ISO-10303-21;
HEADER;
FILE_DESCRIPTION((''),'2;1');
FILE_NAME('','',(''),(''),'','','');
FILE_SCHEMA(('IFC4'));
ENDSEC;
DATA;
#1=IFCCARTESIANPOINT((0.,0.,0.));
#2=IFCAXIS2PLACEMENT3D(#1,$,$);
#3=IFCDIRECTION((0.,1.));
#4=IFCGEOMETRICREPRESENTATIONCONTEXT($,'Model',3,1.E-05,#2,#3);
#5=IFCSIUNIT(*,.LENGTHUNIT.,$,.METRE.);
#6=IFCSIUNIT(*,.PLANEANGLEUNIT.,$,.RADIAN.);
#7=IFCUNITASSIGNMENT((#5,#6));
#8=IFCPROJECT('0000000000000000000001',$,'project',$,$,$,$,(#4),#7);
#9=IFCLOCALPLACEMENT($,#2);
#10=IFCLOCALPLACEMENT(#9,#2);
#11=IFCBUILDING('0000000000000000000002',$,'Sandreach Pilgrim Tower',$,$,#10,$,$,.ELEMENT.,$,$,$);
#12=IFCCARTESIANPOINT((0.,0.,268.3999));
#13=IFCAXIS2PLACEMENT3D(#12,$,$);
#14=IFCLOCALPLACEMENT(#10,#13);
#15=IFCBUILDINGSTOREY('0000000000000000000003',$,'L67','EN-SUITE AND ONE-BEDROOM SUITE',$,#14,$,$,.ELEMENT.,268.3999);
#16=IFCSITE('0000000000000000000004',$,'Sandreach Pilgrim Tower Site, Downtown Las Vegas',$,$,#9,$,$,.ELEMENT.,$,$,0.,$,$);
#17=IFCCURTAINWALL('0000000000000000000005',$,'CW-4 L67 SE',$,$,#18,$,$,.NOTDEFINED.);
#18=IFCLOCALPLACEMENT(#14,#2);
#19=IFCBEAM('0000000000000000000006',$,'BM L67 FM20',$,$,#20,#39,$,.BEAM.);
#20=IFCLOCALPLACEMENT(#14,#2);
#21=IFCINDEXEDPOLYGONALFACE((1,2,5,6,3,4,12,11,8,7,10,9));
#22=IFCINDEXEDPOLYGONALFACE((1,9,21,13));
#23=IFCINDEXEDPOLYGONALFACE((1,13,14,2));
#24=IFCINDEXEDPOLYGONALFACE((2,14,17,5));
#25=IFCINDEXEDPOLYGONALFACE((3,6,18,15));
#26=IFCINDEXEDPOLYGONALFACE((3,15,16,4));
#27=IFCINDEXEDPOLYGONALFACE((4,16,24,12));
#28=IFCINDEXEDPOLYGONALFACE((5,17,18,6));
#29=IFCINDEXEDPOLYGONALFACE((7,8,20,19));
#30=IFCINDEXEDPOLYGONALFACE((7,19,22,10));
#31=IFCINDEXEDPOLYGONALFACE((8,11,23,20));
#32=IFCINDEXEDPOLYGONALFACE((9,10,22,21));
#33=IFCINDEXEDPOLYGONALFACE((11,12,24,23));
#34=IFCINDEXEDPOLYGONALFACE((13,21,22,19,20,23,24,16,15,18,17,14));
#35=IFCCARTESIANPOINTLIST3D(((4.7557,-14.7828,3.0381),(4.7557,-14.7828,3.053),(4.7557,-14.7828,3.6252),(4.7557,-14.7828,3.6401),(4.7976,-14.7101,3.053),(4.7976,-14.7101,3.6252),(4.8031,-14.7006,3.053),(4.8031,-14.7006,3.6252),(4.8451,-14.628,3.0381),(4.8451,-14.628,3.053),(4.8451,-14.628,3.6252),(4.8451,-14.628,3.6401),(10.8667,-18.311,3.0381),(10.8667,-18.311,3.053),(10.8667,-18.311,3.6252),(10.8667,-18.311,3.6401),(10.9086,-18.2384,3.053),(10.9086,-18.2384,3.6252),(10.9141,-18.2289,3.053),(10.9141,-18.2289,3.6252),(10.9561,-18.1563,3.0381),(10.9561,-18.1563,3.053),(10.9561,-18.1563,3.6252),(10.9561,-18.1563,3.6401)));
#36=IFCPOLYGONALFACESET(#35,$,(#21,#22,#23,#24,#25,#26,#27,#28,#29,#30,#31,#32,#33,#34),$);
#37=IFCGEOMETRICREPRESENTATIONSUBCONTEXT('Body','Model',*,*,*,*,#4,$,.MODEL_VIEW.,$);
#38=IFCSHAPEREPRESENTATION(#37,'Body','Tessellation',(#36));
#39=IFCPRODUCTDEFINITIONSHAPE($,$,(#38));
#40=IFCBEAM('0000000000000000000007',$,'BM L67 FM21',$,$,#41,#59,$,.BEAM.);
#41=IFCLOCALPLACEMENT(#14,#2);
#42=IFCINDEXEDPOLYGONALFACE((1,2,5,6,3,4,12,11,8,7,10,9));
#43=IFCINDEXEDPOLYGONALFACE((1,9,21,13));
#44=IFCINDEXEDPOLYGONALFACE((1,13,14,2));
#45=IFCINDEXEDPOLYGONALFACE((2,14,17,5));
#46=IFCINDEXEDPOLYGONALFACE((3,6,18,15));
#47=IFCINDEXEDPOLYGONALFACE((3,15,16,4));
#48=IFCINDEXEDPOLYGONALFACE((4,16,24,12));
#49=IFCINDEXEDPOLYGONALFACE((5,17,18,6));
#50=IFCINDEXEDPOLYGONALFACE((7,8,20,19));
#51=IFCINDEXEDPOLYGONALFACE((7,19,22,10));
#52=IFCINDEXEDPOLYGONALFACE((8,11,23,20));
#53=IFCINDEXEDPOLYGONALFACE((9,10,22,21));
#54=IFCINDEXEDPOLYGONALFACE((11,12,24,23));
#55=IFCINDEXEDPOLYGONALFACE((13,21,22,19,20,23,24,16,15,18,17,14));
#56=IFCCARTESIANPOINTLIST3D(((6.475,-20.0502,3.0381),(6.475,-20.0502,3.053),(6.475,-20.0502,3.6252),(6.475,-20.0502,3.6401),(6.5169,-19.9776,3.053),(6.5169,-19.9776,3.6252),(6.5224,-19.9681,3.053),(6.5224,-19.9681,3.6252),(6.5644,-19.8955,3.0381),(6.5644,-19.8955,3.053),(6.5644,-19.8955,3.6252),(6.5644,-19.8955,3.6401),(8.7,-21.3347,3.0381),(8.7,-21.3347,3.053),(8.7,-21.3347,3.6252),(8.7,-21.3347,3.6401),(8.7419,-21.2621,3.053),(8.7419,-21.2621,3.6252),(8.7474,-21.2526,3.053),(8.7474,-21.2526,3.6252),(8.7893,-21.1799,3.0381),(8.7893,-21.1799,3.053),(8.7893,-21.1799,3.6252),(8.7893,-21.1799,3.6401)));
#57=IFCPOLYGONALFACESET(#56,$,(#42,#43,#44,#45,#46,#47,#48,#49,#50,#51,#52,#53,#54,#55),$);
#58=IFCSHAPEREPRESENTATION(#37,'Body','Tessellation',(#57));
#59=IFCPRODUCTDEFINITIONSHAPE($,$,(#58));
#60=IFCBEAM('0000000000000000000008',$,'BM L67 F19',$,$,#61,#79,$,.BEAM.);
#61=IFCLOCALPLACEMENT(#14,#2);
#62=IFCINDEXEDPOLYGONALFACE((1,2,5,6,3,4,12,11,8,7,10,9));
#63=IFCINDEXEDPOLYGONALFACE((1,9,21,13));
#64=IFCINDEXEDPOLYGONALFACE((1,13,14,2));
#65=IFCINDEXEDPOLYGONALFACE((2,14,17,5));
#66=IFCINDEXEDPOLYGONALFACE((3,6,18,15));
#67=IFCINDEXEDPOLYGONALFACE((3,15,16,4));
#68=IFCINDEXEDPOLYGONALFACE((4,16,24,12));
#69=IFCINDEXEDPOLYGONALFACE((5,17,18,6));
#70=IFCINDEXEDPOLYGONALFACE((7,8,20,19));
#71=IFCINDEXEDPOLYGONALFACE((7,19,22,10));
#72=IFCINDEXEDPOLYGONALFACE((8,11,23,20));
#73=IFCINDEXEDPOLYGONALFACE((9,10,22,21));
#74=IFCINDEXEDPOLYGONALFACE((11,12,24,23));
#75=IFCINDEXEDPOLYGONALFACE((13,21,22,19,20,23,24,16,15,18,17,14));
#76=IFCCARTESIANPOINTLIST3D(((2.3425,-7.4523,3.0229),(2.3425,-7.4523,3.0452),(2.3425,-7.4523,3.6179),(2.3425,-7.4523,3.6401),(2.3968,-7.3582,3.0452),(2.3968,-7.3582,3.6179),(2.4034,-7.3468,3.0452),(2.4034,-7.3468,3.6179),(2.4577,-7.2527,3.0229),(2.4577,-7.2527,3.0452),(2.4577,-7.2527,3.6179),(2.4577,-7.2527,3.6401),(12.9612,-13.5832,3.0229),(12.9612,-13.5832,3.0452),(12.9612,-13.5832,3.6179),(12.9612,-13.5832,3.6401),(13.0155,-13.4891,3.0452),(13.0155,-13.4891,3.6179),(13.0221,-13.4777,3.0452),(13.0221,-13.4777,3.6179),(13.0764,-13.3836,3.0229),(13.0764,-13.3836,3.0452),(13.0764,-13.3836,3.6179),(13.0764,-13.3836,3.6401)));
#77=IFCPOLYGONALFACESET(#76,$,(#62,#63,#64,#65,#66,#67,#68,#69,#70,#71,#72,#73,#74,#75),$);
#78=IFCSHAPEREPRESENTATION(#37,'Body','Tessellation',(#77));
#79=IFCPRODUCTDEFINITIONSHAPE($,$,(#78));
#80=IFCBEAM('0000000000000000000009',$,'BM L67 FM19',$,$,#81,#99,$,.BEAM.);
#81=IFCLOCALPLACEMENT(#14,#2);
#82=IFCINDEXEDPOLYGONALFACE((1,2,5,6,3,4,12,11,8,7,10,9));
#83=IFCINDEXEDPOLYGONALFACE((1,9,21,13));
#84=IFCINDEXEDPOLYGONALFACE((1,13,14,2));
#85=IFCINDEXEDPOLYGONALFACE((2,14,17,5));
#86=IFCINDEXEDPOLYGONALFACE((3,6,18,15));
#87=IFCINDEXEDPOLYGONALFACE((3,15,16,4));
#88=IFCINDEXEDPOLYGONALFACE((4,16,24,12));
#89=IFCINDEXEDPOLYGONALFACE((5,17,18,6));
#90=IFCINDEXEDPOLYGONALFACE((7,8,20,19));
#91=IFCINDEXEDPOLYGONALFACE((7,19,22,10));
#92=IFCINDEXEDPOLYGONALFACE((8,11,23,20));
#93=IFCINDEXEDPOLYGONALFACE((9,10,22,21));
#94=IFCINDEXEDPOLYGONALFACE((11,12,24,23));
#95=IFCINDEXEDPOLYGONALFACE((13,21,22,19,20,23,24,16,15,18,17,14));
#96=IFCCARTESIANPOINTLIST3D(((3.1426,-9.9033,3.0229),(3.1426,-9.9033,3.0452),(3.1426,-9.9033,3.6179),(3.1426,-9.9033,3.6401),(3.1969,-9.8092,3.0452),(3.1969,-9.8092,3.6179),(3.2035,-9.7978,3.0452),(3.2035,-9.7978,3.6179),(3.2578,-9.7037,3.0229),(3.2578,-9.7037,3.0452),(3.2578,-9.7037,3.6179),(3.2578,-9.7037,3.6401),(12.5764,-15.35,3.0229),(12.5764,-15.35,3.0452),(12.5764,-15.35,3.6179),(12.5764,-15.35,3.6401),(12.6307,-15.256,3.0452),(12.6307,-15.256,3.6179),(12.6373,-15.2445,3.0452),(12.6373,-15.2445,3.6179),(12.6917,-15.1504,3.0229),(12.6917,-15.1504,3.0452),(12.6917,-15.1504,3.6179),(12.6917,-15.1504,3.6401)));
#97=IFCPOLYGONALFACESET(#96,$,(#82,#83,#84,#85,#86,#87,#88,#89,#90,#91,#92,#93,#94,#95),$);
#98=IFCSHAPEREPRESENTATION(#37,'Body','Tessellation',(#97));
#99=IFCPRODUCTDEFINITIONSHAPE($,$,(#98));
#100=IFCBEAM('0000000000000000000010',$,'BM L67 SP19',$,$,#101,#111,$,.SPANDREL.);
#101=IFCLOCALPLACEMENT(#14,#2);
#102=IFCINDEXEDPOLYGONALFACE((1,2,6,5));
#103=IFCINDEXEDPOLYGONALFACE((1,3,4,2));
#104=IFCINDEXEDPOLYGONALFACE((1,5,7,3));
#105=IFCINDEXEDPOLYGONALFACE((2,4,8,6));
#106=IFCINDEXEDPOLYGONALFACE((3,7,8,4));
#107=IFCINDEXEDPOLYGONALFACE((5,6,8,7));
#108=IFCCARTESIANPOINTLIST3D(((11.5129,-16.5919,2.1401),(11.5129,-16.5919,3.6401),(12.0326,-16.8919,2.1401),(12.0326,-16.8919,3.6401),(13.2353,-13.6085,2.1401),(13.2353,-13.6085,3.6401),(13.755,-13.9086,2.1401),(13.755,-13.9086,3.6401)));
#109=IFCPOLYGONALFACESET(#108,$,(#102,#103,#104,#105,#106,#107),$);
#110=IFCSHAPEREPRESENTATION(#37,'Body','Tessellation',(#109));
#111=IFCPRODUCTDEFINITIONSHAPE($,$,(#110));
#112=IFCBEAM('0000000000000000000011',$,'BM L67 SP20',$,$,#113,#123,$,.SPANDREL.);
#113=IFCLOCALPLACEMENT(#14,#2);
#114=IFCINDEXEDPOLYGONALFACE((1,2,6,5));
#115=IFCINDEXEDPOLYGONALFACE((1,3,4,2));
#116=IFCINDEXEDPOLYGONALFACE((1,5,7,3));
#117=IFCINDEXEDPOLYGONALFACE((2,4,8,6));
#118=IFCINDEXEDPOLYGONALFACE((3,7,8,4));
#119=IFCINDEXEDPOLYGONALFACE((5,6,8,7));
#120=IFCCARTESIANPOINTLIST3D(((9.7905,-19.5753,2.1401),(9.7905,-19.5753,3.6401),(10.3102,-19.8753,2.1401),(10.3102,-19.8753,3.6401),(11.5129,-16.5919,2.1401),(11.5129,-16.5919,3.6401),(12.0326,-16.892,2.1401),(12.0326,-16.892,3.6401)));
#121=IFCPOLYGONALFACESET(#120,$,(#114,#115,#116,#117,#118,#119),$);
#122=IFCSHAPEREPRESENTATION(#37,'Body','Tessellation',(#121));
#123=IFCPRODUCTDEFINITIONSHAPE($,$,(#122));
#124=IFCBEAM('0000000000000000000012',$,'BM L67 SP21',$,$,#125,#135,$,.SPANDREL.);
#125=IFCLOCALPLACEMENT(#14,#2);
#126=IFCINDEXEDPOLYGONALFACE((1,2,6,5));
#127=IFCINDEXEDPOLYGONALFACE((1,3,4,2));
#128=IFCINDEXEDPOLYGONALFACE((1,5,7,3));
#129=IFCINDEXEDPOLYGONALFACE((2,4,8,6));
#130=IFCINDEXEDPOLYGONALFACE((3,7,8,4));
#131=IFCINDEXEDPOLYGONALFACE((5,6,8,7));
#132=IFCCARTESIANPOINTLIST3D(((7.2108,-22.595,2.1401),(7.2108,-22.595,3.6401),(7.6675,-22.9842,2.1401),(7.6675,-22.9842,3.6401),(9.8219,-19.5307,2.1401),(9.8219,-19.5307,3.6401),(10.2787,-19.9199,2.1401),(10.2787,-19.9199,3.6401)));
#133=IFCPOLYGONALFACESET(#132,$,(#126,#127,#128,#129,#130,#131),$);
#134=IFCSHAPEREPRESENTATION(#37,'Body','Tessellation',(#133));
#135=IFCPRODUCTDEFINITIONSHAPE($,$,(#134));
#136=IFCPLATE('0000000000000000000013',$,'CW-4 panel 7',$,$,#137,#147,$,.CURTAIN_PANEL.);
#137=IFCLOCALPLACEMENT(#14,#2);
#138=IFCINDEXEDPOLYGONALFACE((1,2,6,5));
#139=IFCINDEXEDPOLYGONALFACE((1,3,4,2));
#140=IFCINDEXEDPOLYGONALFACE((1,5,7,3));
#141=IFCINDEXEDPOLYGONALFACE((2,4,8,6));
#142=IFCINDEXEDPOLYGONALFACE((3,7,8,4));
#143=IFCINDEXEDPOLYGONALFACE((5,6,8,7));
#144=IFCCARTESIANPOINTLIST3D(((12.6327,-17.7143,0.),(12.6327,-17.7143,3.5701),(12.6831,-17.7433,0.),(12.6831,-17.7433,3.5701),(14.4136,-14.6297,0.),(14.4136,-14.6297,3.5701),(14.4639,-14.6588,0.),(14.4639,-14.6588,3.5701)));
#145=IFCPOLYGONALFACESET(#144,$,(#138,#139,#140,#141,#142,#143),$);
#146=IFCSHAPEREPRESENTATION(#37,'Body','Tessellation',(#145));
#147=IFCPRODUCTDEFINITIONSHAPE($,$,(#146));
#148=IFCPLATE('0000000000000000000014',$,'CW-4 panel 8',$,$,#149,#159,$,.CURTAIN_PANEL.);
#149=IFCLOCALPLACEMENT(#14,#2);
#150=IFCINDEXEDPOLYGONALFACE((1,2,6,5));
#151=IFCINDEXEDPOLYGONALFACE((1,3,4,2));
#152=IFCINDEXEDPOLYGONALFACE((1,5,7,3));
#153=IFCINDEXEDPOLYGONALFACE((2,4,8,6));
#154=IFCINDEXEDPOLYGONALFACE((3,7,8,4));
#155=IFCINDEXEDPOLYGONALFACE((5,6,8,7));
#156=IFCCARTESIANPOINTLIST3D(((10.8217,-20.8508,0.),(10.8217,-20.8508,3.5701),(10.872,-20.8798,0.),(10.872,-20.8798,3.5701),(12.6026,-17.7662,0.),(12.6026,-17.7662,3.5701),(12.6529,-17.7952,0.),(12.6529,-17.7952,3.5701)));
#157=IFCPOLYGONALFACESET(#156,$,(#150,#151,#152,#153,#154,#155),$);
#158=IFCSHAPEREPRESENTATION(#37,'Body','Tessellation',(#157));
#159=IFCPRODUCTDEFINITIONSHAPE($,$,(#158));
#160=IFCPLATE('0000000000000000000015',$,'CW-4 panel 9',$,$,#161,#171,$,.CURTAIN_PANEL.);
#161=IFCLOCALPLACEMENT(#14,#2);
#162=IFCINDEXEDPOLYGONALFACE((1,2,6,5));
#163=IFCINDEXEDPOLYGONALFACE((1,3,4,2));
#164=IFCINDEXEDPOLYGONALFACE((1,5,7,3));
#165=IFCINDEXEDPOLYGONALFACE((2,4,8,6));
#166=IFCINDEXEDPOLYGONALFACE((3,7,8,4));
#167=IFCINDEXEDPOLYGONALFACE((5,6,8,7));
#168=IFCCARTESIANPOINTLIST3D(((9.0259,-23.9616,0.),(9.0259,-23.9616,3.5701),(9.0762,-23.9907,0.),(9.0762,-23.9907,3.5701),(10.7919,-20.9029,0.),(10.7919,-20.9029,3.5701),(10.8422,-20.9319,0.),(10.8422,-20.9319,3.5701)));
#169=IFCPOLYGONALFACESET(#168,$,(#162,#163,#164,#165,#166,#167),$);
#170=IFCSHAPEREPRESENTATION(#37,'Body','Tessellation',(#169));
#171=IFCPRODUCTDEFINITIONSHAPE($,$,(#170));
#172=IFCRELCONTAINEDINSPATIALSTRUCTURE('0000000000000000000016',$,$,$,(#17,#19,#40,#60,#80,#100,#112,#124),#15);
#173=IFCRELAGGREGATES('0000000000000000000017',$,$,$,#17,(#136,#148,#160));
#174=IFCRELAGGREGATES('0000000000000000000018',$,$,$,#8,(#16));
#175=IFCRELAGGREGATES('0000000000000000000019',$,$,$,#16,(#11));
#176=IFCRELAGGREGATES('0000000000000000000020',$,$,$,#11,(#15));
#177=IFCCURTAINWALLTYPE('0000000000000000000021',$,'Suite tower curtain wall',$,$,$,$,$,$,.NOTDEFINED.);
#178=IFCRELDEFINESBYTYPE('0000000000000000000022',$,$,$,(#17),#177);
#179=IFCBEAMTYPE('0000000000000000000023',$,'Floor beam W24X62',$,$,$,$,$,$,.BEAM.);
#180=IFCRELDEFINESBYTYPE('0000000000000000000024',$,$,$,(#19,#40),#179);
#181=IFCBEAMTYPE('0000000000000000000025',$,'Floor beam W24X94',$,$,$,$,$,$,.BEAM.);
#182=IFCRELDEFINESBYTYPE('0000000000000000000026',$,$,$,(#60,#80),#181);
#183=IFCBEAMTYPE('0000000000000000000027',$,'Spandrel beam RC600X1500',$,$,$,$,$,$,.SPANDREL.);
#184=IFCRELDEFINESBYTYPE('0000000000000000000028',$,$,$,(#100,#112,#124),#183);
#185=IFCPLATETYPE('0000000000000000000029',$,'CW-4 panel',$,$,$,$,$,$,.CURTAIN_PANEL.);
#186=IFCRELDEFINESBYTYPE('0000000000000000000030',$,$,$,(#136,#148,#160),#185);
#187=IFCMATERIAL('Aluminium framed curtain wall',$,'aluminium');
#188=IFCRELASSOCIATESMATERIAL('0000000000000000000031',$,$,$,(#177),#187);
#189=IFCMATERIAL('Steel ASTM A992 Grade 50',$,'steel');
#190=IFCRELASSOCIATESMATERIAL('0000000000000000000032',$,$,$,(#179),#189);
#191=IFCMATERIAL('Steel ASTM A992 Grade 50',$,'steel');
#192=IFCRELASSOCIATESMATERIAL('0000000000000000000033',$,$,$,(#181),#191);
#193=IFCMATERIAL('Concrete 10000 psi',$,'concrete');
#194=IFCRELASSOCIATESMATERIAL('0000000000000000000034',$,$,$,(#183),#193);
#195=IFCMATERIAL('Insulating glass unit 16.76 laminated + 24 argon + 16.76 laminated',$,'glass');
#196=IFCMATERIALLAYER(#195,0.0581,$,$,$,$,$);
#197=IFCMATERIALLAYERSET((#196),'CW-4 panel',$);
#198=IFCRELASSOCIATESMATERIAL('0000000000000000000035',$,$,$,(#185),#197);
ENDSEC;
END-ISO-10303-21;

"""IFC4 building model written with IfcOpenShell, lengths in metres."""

from ifc_helpers import new_model, si_unit, direction, frame, origin, origin_2d, place, context, subcontext, project, spatial, rectangle, i_section, extrude, material, layer, layer_set, material_profile, profile_set, type_object, element, aggregate, save


model = new_model("IFC4")

# Units and contexts
model_context = context("Model", 3, precision=1e-05, world=origin(), true_north=direction((0.0, 1.0)))
body_context = subcontext(model_context, "Body", "Model", "MODEL_VIEW")
ifc_project = project(units=[si_unit("LENGTHUNIT", "METRE"), si_unit("PLANEANGLEUNIT", "RADIAN")], contexts=[model_context])

# Site, building, storey
site_placement = place(None, origin())
site = spatial("IfcSite", under=ifc_project, at=site_placement, Name="Sandreach Pilgrim Tower Site, Downtown Las Vegas", CompositionType="ELEMENT", RefElevation=0.0)
building_placement = place(site_placement, origin())
building = spatial("IfcBuilding", under=site, at=building_placement, Name="Sandreach Pilgrim Tower", CompositionType="ELEMENT")
storey_placement = place(building_placement, frame((0.0, 0.0, 268.3999)))
storey = spatial("IfcBuildingStorey", under=building, at=storey_placement, Name="L67", Description="EN-SUITE AND ONE-BEDROOM SUITE", CompositionType="ELEMENT", Elevation=268.3999)

# Curtain wall
ifc_material_1 = material(Name="Aluminium framed curtain wall", Category="aluminium")
curtain_wall_type = type_object("IfcCurtainWallType", Name="Suite tower curtain wall", PredefinedType="NOTDEFINED", material=ifc_material_1)
curtain_wall_placement = place(storey_placement, origin())
curtain_wall = element("IfcCurtainWall", 1, at=curtain_wall_placement, inside=storey, type_object=curtain_wall_type, Name="CW-4 L67 SE", PredefinedType="NOTDEFINED")

# Beams
ifc_material_2 = material(Name="Steel ASTM A992 Grade 50", Category="steel")
ifc_material_profile_1 = material_profile(ifc_material_2, i_section(OverallWidth=0.1787, OverallDepth=0.6021, WebThickness=0.011, FlangeThickness=0.0149, at=origin_2d()), Name="W24X62")
ifc_profile_set_1 = profile_set([ifc_material_profile_1], Name="Steel ASTM A992 Grade 50")
beam_type_1 = type_object("IfcBeamType", Name="Floor beam W24X62", PredefinedType="BEAM", material=ifc_profile_set_1)
beam_1_placement = place(storey_placement, frame((10.9114, -18.2336, 3.3391), z_axis=(-0.86602, 0.500009, 0.0), x_axis=(-0.500009, -0.86602, 0.0)))
element("IfcBeam", 2, at=beam_1_placement, inside=storey, type_object=beam_type_1, Name="BM L67 FM20", PredefinedType="BEAM", context=body_context, shape_type="SweptSolid", body=[
    extrude(i_section(OverallWidth=0.1787, OverallDepth=0.6021, WebThickness=0.011, FlangeThickness=0.0149, at=origin_2d()), origin(), (0.0, 0.0, 1.0), 7.0564),
])
beam_2_placement = place(storey_placement, frame((8.7446, -21.2573, 3.3391), z_axis=(-0.866042, 0.499972, 0.0), x_axis=(-0.499972, -0.866042, 0.0)))
element("IfcBeam", 3, at=beam_2_placement, inside=storey, type_object=beam_type_1, Name="BM L67 FM21", PredefinedType="BEAM", context=body_context, shape_type="SweptSolid", body=[
    extrude(i_section(OverallWidth=0.1787, OverallDepth=0.6021, WebThickness=0.011, FlangeThickness=0.0149, at=origin_2d()), origin(), (0.0, 0.0, 1.0), 2.5691),
])
ifc_material_3 = material(Name="Steel ASTM A992 Grade 50", Category="steel")
ifc_material_profile_2 = material_profile(ifc_material_3, i_section(OverallWidth=0.2305, OverallDepth=0.6172, WebThickness=0.0132, FlangeThickness=0.0222, at=origin_2d()), Name="W24X94")
ifc_profile_set_2 = profile_set([ifc_material_profile_2], Name="Steel ASTM A992 Grade 50")
beam_type_2 = type_object("IfcBeamType", Name="Floor beam W24X94", PredefinedType="BEAM", material=ifc_profile_set_2)
beam_3_placement = place(storey_placement, frame((13.0188, -13.4834, 3.3315), z_axis=(-0.866019, 0.500011, 0.0), x_axis=(-0.500011, -0.866019, 0.0)))
element("IfcBeam", 4, at=beam_3_placement, inside=storey, type_object=beam_type_2, Name="BM L67 F19", PredefinedType="BEAM", context=body_context, shape_type="SweptSolid", body=[
    extrude(i_section(OverallWidth=0.2305, OverallDepth=0.6172, WebThickness=0.0132, FlangeThickness=0.0222, at=origin_2d()), origin(), (0.0, 0.0, 1.0), 12.2615),
])
beam_4_placement = place(storey_placement, frame((12.634, -15.2502, 3.3315), z_axis=(-0.86602, 0.50001, 0.0), x_axis=(-0.50001, -0.86602, 0.0)))
element("IfcBeam", 5, at=beam_4_placement, inside=storey, type_object=beam_type_2, Name="BM L67 FM19", PredefinedType="BEAM", context=body_context, shape_type="SweptSolid", body=[
    extrude(i_section(OverallWidth=0.2305, OverallDepth=0.6172, WebThickness=0.0132, FlangeThickness=0.0222, at=origin_2d()), origin(), (0.0, 0.0, 1.0), 10.8933),
])
ifc_material_4 = material(Name="Concrete 10000 psi", Category="concrete")
ifc_material_profile_3 = material_profile(ifc_material_4, rectangle(XDim=0.6001, YDim=1.5, at=origin_2d()), Name="RC600X1500")
ifc_profile_set_3 = profile_set([ifc_material_profile_3], Name="Concrete 10000 psi")
beam_type_3 = type_object("IfcBeamType", Name="Spandrel beam RC600X1500", PredefinedType="SPANDREL", material=ifc_profile_set_3)
for number, where, z_axis, x_axis, name in (
    (6, (13.4951, -13.7585, 2.8901), (-0.499988, -0.866032, 0.0), (0.866032, -0.499988, 0.0), "BM L67 SP19"),
    (7, (11.7727, -16.7419, 2.8901), (-0.499988, -0.866032, 0.0), (0.866032, -0.499988, 0.0), "BM L67 SP20"),
):
    element("IfcBeam", number, at=place(storey_placement, frame(where, z_axis=z_axis, x_axis=x_axis)), inside=storey, type_object=beam_type_3, Name=name, PredefinedType="SPANDREL", context=body_context, shape_type="SweptSolid", body=[
        extrude(rectangle(XDim=0.6001, YDim=1.5, at=origin_2d()), origin(), (0.0, 0.0, 1.0), 3.4448),
    ])
beam_5_placement = place(storey_placement, frame((10.0503, -19.7253, 2.8901), z_axis=(-0.648586, -0.761141, 0.0), x_axis=(0.761141, -0.648586, 0.0)))
element("IfcBeam", 8, at=beam_5_placement, inside=storey, type_object=beam_type_3, Name="BM L67 SP21", PredefinedType="SPANDREL", context=body_context, shape_type="SweptSolid", body=[
    extrude(rectangle(XDim=0.6001, YDim=1.5, at=origin_2d()), origin(), (0.0, 0.0, 1.0), 4.0259),
])

# Plates
ifc_material_5 = material(Name="Insulating glass unit 16.76 laminated + 24 argon + 16.76 laminated", Category="glass")
ifc_layer_1 = layer(ifc_material_5, 0.0581)
ifc_layer_set_1 = layer_set([ifc_layer_1], Name="CW-4 panel")
plate_type = type_object("IfcPlateType", Name="CW-4 panel", PredefinedType="CURTAIN_PANEL", material=ifc_layer_set_1)
plate_1_placement = place(storey_placement, frame((13.5483, -16.1865, 0.0), z_axis=(0.0, 0.0, 1.0), x_axis=(-0.5, -0.866025, 0.0)))
plate_1 = element("IfcPlate", 9, at=plate_1_placement, type_object=plate_type, Name="CW-4 panel 7", PredefinedType="CURTAIN_PANEL", context=body_context, shape_type="SweptSolid", body=[
    extrude(rectangle(XDim=3.5618, YDim=0.0581, at=origin_2d()), origin(), (0.0, 0.0, 1.0), 3.5701),
])
plate_2_placement = place(storey_placement, frame((11.7373, -19.323, 0.0), z_axis=(0.0, 0.0, 1.0), x_axis=(-0.5, -0.866025, 0.0)))
plate_2 = element("IfcPlate", 10, at=plate_2_placement, type_object=plate_type, Name="CW-4 panel 8", PredefinedType="CURTAIN_PANEL", context=body_context, shape_type="SweptSolid", body=[
    extrude(rectangle(XDim=3.5618, YDim=0.0581, at=origin_2d()), origin(), (0.0, 0.0, 1.0), 3.5701),
])
plate_3_placement = place(storey_placement, frame((9.9341, -22.4468, 0.0), z_axis=(0.0, 0.0, 1.0), x_axis=(-0.5, -0.866025, 0.0)))
plate_3 = element("IfcPlate", 11, at=plate_3_placement, type_object=plate_type, Name="CW-4 panel 9", PredefinedType="CURTAIN_PANEL", context=body_context, shape_type="SweptSolid", body=[
    extrude(rectangle(XDim=3.532, YDim=0.0581, at=origin_2d()), origin(), (0.0, 0.0, 1.0), 3.5701),
])
aggregate(curtain_wall, [plate_1, plate_2, plate_3])

save(model, "model.ifc")
